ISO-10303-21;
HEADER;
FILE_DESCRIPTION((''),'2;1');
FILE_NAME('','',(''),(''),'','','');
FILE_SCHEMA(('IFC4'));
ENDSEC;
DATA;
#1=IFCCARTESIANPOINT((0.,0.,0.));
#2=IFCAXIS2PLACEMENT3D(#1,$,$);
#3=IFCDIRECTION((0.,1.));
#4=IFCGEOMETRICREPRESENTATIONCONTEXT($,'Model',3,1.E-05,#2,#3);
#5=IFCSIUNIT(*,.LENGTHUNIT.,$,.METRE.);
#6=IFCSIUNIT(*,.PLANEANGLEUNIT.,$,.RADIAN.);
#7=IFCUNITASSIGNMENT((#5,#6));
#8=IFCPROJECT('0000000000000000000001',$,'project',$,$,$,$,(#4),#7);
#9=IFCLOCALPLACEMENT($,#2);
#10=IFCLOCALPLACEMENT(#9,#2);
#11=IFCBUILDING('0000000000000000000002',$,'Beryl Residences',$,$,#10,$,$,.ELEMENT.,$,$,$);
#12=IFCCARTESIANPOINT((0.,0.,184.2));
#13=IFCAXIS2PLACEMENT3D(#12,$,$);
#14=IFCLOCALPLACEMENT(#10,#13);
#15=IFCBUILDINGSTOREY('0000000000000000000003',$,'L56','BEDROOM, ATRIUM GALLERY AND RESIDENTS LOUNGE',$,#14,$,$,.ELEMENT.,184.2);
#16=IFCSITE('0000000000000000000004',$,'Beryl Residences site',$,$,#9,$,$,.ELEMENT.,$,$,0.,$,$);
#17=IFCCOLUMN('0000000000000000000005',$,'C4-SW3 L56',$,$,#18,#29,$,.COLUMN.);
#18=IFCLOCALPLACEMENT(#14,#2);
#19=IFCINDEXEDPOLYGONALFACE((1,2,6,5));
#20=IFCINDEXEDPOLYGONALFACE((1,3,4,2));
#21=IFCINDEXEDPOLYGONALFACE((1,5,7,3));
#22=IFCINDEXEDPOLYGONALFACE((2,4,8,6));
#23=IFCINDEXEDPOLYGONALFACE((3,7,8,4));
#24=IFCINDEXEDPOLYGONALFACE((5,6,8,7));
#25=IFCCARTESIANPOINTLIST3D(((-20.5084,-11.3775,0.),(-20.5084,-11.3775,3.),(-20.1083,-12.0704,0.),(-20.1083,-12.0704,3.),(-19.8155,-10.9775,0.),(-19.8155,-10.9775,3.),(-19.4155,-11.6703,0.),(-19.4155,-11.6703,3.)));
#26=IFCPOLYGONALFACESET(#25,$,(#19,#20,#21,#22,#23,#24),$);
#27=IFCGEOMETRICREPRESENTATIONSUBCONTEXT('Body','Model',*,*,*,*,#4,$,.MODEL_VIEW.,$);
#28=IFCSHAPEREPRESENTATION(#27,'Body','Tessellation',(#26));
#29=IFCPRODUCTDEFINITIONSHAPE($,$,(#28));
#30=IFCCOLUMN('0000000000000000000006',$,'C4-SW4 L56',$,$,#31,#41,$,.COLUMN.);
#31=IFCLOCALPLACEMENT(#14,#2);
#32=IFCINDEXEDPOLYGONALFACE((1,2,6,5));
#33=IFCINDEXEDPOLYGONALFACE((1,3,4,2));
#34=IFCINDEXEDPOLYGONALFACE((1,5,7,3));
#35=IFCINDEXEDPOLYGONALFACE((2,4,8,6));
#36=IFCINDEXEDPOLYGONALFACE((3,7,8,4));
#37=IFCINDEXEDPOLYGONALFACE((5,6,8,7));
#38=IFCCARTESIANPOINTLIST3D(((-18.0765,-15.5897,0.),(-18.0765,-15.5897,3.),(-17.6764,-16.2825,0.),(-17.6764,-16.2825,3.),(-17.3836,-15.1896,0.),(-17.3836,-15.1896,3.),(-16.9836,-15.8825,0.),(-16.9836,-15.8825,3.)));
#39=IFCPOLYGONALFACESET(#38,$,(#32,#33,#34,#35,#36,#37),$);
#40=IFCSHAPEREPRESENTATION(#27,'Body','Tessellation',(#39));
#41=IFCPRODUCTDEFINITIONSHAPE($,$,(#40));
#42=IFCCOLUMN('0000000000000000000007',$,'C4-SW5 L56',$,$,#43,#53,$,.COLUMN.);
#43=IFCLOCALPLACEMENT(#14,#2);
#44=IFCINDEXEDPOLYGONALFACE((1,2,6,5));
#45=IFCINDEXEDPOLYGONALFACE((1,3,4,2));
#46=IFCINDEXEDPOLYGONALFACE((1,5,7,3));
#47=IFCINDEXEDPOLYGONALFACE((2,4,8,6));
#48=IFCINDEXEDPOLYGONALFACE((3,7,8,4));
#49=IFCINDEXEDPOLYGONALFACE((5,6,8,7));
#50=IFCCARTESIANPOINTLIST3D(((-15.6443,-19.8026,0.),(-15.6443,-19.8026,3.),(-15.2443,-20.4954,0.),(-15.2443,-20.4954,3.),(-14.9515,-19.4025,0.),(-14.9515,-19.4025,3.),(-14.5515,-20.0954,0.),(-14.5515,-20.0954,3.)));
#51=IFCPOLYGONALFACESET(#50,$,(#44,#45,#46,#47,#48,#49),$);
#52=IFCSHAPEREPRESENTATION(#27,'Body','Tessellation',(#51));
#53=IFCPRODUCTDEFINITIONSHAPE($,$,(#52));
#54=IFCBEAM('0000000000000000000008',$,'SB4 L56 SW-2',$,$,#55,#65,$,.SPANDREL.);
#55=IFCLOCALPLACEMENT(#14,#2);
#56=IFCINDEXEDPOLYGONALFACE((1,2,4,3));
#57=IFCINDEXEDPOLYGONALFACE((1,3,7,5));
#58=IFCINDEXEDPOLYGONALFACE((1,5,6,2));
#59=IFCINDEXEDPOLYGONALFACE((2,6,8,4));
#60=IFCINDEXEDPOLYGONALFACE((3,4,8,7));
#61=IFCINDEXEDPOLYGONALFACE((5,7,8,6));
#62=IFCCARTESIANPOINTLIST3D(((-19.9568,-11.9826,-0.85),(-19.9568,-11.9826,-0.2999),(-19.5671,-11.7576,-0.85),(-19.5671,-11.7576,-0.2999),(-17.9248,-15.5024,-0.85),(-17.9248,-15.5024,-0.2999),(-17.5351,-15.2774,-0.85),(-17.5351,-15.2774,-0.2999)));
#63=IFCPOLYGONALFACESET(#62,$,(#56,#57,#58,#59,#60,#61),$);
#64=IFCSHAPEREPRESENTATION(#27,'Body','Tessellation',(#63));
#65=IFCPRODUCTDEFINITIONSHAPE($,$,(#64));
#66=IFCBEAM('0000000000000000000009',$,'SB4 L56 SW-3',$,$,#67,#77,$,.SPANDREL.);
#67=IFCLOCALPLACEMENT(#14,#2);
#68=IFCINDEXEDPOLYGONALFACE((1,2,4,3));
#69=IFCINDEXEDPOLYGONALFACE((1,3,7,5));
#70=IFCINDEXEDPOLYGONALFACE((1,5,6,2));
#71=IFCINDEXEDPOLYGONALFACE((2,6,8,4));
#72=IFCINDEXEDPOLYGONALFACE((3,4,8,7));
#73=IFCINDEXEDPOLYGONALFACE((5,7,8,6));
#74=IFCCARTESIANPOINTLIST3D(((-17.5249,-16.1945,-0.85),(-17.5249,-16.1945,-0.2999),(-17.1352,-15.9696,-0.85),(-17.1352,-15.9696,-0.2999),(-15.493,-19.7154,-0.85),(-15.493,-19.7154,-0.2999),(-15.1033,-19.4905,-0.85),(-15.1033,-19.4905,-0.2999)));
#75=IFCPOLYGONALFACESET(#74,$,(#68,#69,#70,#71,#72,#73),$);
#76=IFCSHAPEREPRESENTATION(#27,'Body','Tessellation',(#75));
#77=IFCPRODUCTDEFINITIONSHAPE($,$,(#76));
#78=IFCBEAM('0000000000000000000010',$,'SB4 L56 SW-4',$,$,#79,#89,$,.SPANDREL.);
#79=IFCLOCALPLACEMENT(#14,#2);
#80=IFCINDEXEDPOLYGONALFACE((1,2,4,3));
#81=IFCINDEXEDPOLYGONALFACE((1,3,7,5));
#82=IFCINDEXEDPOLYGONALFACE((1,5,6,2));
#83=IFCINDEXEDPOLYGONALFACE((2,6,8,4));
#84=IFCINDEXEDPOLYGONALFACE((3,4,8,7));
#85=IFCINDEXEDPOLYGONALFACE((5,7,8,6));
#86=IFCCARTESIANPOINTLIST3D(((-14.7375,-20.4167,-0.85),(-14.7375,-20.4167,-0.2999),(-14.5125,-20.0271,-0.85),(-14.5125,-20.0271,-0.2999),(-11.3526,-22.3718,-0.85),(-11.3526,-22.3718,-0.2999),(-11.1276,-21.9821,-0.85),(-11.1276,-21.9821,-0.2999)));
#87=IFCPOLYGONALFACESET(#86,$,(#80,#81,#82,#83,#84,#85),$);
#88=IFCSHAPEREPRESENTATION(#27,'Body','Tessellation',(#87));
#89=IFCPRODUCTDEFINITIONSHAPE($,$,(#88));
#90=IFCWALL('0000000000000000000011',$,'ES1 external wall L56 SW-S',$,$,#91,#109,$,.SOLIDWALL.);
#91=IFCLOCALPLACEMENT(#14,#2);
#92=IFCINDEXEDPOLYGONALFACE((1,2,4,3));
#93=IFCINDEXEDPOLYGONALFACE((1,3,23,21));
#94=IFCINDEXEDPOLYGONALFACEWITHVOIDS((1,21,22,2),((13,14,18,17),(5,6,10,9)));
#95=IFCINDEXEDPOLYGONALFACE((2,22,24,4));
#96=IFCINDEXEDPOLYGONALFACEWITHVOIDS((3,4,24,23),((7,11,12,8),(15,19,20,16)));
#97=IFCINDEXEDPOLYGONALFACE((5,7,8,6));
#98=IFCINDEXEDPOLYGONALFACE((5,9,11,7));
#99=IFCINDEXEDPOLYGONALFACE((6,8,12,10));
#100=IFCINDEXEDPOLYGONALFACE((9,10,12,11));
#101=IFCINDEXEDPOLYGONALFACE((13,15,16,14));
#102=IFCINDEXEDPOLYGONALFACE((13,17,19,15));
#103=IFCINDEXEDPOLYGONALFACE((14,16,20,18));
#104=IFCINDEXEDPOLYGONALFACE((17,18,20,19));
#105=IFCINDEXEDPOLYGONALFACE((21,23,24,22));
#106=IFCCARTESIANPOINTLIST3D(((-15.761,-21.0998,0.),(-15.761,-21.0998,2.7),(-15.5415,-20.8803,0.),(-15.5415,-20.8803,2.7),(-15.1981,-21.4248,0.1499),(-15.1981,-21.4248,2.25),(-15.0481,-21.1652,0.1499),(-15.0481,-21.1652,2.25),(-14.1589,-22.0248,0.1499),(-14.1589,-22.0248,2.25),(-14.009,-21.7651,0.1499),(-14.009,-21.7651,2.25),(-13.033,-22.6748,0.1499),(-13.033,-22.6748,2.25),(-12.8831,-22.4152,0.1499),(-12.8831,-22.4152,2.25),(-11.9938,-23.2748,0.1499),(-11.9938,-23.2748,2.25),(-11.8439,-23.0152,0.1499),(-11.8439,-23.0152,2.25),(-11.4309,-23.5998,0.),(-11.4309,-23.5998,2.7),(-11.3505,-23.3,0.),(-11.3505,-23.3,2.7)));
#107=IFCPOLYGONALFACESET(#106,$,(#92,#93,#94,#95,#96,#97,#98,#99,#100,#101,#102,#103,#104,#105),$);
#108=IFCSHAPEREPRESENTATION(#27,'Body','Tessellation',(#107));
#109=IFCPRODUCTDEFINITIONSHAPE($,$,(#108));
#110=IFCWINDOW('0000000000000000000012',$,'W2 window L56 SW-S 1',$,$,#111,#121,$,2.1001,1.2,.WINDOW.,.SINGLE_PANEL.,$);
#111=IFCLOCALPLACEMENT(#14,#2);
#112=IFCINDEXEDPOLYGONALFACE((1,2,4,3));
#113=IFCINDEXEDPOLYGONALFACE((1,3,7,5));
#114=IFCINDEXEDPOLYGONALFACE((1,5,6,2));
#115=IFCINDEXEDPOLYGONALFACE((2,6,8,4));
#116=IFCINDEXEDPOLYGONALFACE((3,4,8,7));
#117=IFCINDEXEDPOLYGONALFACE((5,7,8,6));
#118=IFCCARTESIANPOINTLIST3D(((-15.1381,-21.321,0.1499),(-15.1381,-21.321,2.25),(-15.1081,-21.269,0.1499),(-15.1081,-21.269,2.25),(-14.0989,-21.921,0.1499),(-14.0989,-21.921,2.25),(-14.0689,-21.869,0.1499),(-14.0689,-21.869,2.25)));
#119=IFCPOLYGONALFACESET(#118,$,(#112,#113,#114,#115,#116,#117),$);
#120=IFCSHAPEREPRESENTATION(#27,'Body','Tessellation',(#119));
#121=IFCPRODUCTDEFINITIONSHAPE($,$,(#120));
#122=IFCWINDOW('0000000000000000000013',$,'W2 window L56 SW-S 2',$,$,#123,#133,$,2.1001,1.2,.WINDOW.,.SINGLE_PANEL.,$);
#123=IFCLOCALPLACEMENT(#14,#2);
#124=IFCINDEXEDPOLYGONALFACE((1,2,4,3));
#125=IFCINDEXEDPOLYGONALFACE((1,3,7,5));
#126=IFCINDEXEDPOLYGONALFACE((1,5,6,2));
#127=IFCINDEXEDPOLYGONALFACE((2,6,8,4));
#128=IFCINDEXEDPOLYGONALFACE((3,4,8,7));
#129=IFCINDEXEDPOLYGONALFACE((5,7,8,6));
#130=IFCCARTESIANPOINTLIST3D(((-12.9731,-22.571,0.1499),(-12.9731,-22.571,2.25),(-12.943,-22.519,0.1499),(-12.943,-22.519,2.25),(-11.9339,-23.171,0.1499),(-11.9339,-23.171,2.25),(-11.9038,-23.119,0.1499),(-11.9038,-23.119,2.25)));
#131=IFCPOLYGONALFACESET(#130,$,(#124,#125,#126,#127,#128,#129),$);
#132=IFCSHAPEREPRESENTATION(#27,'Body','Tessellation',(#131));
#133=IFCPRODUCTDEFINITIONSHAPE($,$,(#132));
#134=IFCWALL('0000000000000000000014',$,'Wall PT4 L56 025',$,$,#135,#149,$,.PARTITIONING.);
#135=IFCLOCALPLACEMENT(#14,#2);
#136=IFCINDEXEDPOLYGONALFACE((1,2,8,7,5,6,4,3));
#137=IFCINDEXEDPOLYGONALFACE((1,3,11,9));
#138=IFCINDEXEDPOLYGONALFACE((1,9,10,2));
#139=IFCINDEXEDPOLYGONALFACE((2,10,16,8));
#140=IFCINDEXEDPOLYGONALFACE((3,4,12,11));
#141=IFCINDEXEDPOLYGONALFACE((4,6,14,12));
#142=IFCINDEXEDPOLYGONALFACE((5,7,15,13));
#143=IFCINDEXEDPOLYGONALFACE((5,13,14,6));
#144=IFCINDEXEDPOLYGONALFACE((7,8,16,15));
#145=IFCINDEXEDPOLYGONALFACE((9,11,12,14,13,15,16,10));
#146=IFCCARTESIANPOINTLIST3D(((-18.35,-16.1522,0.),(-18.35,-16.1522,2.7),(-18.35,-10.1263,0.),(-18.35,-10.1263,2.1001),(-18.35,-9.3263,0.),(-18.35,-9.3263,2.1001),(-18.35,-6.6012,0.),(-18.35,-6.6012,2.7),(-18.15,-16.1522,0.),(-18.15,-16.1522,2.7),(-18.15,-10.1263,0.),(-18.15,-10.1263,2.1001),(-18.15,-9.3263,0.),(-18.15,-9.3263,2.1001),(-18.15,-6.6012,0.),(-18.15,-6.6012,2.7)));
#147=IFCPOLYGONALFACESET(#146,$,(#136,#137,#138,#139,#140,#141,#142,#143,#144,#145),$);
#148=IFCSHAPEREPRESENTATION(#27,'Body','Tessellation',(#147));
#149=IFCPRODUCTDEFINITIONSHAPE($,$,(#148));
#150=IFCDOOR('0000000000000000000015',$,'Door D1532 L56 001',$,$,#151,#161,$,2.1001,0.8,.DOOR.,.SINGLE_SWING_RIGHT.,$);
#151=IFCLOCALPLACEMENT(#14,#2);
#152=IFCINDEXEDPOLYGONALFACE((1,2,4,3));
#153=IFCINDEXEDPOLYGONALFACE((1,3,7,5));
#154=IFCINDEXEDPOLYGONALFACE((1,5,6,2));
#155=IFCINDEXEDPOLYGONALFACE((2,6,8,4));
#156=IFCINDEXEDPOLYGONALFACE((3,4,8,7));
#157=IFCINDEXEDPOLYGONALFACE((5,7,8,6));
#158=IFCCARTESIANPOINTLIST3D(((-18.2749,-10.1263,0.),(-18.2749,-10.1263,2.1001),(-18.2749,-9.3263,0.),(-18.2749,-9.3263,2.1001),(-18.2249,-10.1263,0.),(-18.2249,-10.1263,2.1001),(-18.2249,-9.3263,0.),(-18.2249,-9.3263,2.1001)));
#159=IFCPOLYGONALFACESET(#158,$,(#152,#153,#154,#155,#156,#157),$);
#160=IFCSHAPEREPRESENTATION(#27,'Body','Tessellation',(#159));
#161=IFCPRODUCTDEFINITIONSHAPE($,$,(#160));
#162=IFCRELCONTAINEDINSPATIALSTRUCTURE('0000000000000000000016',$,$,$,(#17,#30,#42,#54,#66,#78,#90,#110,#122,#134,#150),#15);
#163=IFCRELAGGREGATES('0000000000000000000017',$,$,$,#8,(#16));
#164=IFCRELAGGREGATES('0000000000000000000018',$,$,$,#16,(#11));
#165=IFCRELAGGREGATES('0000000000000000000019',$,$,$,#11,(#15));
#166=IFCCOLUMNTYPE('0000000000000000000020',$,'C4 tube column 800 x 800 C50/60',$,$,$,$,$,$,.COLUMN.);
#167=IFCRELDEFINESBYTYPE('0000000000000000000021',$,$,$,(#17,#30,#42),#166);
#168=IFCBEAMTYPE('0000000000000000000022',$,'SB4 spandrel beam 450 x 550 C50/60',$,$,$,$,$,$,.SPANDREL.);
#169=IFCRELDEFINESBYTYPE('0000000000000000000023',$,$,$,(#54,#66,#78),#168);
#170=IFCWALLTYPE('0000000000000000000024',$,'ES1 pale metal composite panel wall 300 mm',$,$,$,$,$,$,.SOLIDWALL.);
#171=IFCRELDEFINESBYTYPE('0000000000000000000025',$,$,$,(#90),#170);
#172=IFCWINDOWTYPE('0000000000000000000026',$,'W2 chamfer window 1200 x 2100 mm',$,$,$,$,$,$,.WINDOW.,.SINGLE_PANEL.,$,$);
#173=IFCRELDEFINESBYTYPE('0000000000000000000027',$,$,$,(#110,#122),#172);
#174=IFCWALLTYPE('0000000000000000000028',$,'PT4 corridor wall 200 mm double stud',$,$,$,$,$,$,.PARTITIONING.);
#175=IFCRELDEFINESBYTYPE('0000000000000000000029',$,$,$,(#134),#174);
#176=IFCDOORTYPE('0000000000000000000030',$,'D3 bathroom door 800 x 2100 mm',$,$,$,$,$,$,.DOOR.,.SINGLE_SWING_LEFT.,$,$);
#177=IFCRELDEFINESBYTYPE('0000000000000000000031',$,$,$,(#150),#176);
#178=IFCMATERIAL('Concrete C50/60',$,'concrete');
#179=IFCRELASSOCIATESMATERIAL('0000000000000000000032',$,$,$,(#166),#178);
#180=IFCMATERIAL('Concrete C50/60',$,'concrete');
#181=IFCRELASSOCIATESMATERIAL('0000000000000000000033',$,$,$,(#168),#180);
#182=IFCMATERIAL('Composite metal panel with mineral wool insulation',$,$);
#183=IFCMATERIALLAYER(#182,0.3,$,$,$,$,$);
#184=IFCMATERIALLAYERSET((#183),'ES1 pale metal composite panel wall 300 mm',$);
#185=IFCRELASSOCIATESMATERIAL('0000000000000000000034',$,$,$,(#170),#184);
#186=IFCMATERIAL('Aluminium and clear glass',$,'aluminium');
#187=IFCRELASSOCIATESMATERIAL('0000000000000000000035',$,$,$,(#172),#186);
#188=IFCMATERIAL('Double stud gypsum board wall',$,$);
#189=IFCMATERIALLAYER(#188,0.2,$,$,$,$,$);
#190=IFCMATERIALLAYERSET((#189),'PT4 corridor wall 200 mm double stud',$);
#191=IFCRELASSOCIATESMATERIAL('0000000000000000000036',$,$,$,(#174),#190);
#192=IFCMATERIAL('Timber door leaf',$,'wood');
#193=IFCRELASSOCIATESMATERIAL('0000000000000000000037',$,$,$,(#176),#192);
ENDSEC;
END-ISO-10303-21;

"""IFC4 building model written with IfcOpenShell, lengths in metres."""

from ifc_helpers import new_model, si_unit, direction, frame, frame_2d, origin, origin_2d, place, context, subcontext, project, spatial, polyline, rectangle, outline, extrude, material, layer, layer_set, material_profile, profile_set, type_object, element, fill, save


model = new_model("IFC4")

# Units and contexts
model_context = context("Model", 3, precision=1e-05, world=origin(), true_north=direction((0.0, 1.0)))
body_context = subcontext(model_context, "Body", "Model", "MODEL_VIEW")
ifc_project = project(units=[si_unit("LENGTHUNIT", "METRE"), si_unit("PLANEANGLEUNIT", "RADIAN")], contexts=[model_context])

# Site, building, storey
site_placement = place(None, origin())
site = spatial("IfcSite", under=ifc_project, at=site_placement, Name="Beryl Residences site", CompositionType="ELEMENT", RefElevation=0.0)
building_placement = place(site_placement, origin())
building = spatial("IfcBuilding", under=site, at=building_placement, Name="Beryl Residences", CompositionType="ELEMENT")
storey_placement = place(building_placement, frame((0.0, 0.0, 184.2)))
storey = spatial("IfcBuildingStorey", under=building, at=storey_placement, Name="L56", Description="BEDROOM, ATRIUM GALLERY AND RESIDENTS LOUNGE", CompositionType="ELEMENT", Elevation=184.2)

# Columns
ifc_material_1 = material(Name="Concrete C50/60", Category="concrete")
ifc_material_profile_1 = material_profile(ifc_material_1, rectangle(XDim=0.8, YDim=0.8, at=origin_2d()))
ifc_profile_set_1 = profile_set([ifc_material_profile_1], Name="Concrete C50/60")
column_type = type_object("IfcColumnType", Name="C4 tube column 800 x 800 C50/60", PredefinedType="COLUMN", material=ifc_profile_set_1)
for number, where, z_axis, x_axis, name in (
    (1, (-19.9619, -11.5239, 0.0), (0.0, 0.0, 1.0), (0.5, -0.866025, 0.0), "C4-SW3 L56"),
    (2, (-17.53, -15.7361, 0.0), (0.0, 0.0, 1.0), (0.5, -0.866025, 0.0), "C4-SW4 L56"),
    (3, (-15.0979, -19.949, 0.0), (0.0, 0.0, 1.0), (0.5, -0.866025, 0.0), "C4-SW5 L56"),
):
    element("IfcColumn", number, at=place(storey_placement, frame(where, z_axis=z_axis, x_axis=x_axis)), inside=storey, type_object=column_type, Name=name, PredefinedType="COLUMN", context=body_context, shape_type="SweptSolid", body=[
        extrude(rectangle(XDim=0.8, YDim=0.8, at=origin_2d()), origin(), (0.0, 0.0, 1.0), 3.0),
    ])

# Beams
ifc_material_2 = material(Name="Concrete C50/60", Category="concrete")
ifc_material_profile_2 = material_profile(ifc_material_2, rectangle(XDim=0.45, YDim=0.55, at=origin_2d()))
ifc_profile_set_2 = profile_set([ifc_material_profile_2], Name="Concrete C50/60")
beam_type = type_object("IfcBeamType", Name="SB4 spandrel beam 450 x 550 C50/60", PredefinedType="SPANDREL", material=ifc_profile_set_2)
beam_1_placement = place(storey_placement, frame((-19.762, -11.8701, -0.575), z_axis=(0.49997, -0.866043, 0.0), x_axis=(0.866043, 0.49997, 0.0)))
element("IfcBeam", 4, at=beam_1_placement, inside=storey, type_object=beam_type, Name="SB4 L56 SW-2", PredefinedType="SPANDREL", context=body_context, shape_type="SweptSolid", body=[
    extrude(rectangle(XDim=0.45, YDim=0.55, at=origin_2d()), origin(), (0.0, 0.0, 1.0), 4.0642),
])
beam_2_placement = place(storey_placement, frame((-17.3301, -16.082, -0.575), z_axis=(0.49984, -0.866118, 0.0), x_axis=(0.866118, 0.49984, 0.0)))
element("IfcBeam", 5, at=beam_2_placement, inside=storey, type_object=beam_type, Name="SB4 L56 SW-3", PredefinedType="SPANDREL", context=body_context, shape_type="SweptSolid", body=[
    extrude(rectangle(XDim=0.45, YDim=0.55, at=origin_2d()), origin(), (0.0, 0.0, 1.0), 4.0652),
])
beam_3_placement = place(storey_placement, frame((-14.625, -20.2219, -0.575), z_axis=(0.865943, -0.500142, 0.0), x_axis=(0.500142, 0.865943, 0.0)))
element("IfcBeam", 6, at=beam_3_placement, inside=storey, type_object=beam_type, Name="SB4 L56 SW-4", PredefinedType="SPANDREL", context=body_context, shape_type="SweptSolid", body=[
    extrude(rectangle(XDim=0.45, YDim=0.55, at=origin_2d()), origin(), (0.0, 0.0, 1.0), 3.9089),
])

# Wall, openings, windows
ifc_material_3 = material(Name="Composite metal panel with mineral wool insulation")
ifc_layer_1 = layer(ifc_material_3, 0.3)
ifc_layer_set_1 = layer_set([ifc_layer_1], Name="ES1 pale metal composite panel wall 300 mm")
wall_type_1 = type_object("IfcWallType", Name="ES1 pale metal composite panel wall 300 mm", PredefinedType="SOLIDWALL", material=ifc_layer_set_1)
wall_1_placement = place(storey_placement, frame((-15.686, -20.97, 0.0), z_axis=(0.0, 0.0, 1.0), x_axis=(0.866023, -0.500004, 0.0)))
wall_1 = element("IfcWall", 7, at=wall_1_placement, inside=storey, type_object=wall_type_1, Name="ES1 external wall L56 SW-S", PredefinedType="SOLIDWALL", context=body_context, shape_type="SweptSolid", body=[
    extrude(outline(polyline([(0.0, -0.1499), (5.0, -0.1499), (4.9197, 0.1499), (0.0803, 0.1499), (0.0, -0.1499)])), origin(), (0.0, 0.0, 1.0), 2.7),
])
opening_1_placement = place(wall_1_placement, frame((0.6499, 0.0, 0.1499)))
opening_1 = element("IfcOpeningElement", 8, at=opening_1_placement, cuts=wall_1, PredefinedType="OPENING", context=body_context, shape_type="SweptSolid", body=[
    extrude(rectangle(XDim=1.2, YDim=2.1001, at=frame_2d((0.6001, 1.05))), frame((0.0, 0.1599, 0.0), z_axis=(0.0, -1.0, 0.0), x_axis=(1.0, 0.0, 0.0)), (0.0, 0.0, 1.0), 0.3201),
])
opening_2_placement = place(wall_1_placement, frame((3.1499, 0.0, 0.1499)))
opening_2 = element("IfcOpeningElement", 9, at=opening_2_placement, cuts=wall_1, PredefinedType="OPENING", context=body_context, shape_type="SweptSolid", body=[
    extrude(rectangle(XDim=1.2, YDim=2.1001, at=frame_2d((0.6001, 1.05))), frame((0.0, 0.1599, 0.0), z_axis=(0.0, -1.0, 0.0), x_axis=(1.0, 0.0, 0.0)), (0.0, 0.0, 1.0), 0.3201),
])
ifc_material_4 = material(Name="Aluminium and clear glass", Category="aluminium")
window_type = type_object("IfcWindowType", Name="W2 chamfer window 1200 x 2100 mm", PartitioningType="SINGLE_PANEL", PredefinedType="WINDOW", material=ifc_material_4)
window_1_placement = place(opening_1_placement, origin())
window_1 = element("IfcWindow", 10, at=window_1_placement, inside=storey, type_object=window_type, Name="W2 window L56 SW-S 1", OverallHeight=2.1001, OverallWidth=1.2, PartitioningType="SINGLE_PANEL", PredefinedType="WINDOW", context=body_context, shape_type="SweptSolid", body=[
    extrude(rectangle(XDim=1.2, YDim=2.1001, at=frame_2d((0.6001, 1.05))), frame((0.0, 0.03, 0.0), z_axis=(0.0, -1.0, 0.0), x_axis=(1.0, 0.0, 0.0)), (0.0, 0.0, 1.0), 0.0601),
])
fill(opening_1, window_1)
window_2_placement = place(opening_2_placement, origin())
window_2 = element("IfcWindow", 11, at=window_2_placement, inside=storey, type_object=window_type, Name="W2 window L56 SW-S 2", OverallHeight=2.1001, OverallWidth=1.2, PartitioningType="SINGLE_PANEL", PredefinedType="WINDOW", context=body_context, shape_type="SweptSolid", body=[
    extrude(rectangle(XDim=1.2, YDim=2.1001, at=frame_2d((0.6001, 1.05))), frame((0.0, 0.03, 0.0), z_axis=(0.0, -1.0, 0.0), x_axis=(1.0, 0.0, 0.0)), (0.0, 0.0, 1.0), 0.0601),
])
fill(opening_2, window_2)

# Wall, opening, door
ifc_material_5 = material(Name="Double stud gypsum board wall")
ifc_layer_2 = layer(ifc_material_5, 0.2)
ifc_layer_set_2 = layer_set([ifc_layer_2], Name="PT4 corridor wall 200 mm double stud")
wall_type_2 = type_object("IfcWallType", Name="PT4 corridor wall 200 mm double stud", PredefinedType="PARTITIONING", material=ifc_layer_set_2)
wall_2_placement = place(storey_placement, frame((-18.25, -16.1521, 0.0), z_axis=(0.0, 0.0, 1.0), x_axis=(0.0, 1.0, 0.0)))
wall_2 = element("IfcWall", 12, at=wall_2_placement, inside=storey, type_object=wall_type_2, Name="Wall PT4 L56 025", PredefinedType="PARTITIONING", context=body_context, shape_type="SweptSolid", body=[
    extrude(rectangle(XDim=9.551, YDim=0.2, at=frame_2d((4.7754, 0.0))), origin(), (0.0, 0.0, 1.0), 2.7),
])
opening_3_placement = place(wall_2_placement, frame((6.0259, 0.0, 0.0)))
opening_3 = element("IfcOpeningElement", 13, at=opening_3_placement, cuts=wall_2, PredefinedType="OPENING", context=body_context, shape_type="SweptSolid", body=[
    extrude(rectangle(XDim=0.8, YDim=2.1001, at=frame_2d((0.3999, 1.05))), frame((0.0, 0.1099, 0.0), z_axis=(0.0, -1.0, 0.0), x_axis=(1.0, 0.0, 0.0)), (0.0, 0.0, 1.0), 0.22),
])
ifc_material_6 = material(Name="Timber door leaf", Category="wood")
door_type_1 = type_object("IfcDoorType", Name="D3 bathroom door 800 x 2100 mm", OperationType="SINGLE_SWING_LEFT", PredefinedType="DOOR", material=ifc_material_6)
door_1_placement = place(opening_3_placement, origin())
door_1 = element("IfcDoor", 14, at=door_1_placement, inside=storey, type_object=door_type_1, Name="Door D1532 L56 001", OperationType="SINGLE_SWING_RIGHT", OverallHeight=2.1001, OverallWidth=0.8, PredefinedType="DOOR", context=body_context, shape_type="SweptSolid", body=[
    extrude(rectangle(XDim=0.8, YDim=2.1001, at=frame_2d((0.3999, 1.05))), frame((0.0, 0.0249, 0.0), z_axis=(0.0, -1.0, 0.0), x_axis=(1.0, 0.0, 0.0)), (0.0, 0.0, 1.0), 0.05),
])
fill(opening_3, door_1)

save(model, "model.ifc")
